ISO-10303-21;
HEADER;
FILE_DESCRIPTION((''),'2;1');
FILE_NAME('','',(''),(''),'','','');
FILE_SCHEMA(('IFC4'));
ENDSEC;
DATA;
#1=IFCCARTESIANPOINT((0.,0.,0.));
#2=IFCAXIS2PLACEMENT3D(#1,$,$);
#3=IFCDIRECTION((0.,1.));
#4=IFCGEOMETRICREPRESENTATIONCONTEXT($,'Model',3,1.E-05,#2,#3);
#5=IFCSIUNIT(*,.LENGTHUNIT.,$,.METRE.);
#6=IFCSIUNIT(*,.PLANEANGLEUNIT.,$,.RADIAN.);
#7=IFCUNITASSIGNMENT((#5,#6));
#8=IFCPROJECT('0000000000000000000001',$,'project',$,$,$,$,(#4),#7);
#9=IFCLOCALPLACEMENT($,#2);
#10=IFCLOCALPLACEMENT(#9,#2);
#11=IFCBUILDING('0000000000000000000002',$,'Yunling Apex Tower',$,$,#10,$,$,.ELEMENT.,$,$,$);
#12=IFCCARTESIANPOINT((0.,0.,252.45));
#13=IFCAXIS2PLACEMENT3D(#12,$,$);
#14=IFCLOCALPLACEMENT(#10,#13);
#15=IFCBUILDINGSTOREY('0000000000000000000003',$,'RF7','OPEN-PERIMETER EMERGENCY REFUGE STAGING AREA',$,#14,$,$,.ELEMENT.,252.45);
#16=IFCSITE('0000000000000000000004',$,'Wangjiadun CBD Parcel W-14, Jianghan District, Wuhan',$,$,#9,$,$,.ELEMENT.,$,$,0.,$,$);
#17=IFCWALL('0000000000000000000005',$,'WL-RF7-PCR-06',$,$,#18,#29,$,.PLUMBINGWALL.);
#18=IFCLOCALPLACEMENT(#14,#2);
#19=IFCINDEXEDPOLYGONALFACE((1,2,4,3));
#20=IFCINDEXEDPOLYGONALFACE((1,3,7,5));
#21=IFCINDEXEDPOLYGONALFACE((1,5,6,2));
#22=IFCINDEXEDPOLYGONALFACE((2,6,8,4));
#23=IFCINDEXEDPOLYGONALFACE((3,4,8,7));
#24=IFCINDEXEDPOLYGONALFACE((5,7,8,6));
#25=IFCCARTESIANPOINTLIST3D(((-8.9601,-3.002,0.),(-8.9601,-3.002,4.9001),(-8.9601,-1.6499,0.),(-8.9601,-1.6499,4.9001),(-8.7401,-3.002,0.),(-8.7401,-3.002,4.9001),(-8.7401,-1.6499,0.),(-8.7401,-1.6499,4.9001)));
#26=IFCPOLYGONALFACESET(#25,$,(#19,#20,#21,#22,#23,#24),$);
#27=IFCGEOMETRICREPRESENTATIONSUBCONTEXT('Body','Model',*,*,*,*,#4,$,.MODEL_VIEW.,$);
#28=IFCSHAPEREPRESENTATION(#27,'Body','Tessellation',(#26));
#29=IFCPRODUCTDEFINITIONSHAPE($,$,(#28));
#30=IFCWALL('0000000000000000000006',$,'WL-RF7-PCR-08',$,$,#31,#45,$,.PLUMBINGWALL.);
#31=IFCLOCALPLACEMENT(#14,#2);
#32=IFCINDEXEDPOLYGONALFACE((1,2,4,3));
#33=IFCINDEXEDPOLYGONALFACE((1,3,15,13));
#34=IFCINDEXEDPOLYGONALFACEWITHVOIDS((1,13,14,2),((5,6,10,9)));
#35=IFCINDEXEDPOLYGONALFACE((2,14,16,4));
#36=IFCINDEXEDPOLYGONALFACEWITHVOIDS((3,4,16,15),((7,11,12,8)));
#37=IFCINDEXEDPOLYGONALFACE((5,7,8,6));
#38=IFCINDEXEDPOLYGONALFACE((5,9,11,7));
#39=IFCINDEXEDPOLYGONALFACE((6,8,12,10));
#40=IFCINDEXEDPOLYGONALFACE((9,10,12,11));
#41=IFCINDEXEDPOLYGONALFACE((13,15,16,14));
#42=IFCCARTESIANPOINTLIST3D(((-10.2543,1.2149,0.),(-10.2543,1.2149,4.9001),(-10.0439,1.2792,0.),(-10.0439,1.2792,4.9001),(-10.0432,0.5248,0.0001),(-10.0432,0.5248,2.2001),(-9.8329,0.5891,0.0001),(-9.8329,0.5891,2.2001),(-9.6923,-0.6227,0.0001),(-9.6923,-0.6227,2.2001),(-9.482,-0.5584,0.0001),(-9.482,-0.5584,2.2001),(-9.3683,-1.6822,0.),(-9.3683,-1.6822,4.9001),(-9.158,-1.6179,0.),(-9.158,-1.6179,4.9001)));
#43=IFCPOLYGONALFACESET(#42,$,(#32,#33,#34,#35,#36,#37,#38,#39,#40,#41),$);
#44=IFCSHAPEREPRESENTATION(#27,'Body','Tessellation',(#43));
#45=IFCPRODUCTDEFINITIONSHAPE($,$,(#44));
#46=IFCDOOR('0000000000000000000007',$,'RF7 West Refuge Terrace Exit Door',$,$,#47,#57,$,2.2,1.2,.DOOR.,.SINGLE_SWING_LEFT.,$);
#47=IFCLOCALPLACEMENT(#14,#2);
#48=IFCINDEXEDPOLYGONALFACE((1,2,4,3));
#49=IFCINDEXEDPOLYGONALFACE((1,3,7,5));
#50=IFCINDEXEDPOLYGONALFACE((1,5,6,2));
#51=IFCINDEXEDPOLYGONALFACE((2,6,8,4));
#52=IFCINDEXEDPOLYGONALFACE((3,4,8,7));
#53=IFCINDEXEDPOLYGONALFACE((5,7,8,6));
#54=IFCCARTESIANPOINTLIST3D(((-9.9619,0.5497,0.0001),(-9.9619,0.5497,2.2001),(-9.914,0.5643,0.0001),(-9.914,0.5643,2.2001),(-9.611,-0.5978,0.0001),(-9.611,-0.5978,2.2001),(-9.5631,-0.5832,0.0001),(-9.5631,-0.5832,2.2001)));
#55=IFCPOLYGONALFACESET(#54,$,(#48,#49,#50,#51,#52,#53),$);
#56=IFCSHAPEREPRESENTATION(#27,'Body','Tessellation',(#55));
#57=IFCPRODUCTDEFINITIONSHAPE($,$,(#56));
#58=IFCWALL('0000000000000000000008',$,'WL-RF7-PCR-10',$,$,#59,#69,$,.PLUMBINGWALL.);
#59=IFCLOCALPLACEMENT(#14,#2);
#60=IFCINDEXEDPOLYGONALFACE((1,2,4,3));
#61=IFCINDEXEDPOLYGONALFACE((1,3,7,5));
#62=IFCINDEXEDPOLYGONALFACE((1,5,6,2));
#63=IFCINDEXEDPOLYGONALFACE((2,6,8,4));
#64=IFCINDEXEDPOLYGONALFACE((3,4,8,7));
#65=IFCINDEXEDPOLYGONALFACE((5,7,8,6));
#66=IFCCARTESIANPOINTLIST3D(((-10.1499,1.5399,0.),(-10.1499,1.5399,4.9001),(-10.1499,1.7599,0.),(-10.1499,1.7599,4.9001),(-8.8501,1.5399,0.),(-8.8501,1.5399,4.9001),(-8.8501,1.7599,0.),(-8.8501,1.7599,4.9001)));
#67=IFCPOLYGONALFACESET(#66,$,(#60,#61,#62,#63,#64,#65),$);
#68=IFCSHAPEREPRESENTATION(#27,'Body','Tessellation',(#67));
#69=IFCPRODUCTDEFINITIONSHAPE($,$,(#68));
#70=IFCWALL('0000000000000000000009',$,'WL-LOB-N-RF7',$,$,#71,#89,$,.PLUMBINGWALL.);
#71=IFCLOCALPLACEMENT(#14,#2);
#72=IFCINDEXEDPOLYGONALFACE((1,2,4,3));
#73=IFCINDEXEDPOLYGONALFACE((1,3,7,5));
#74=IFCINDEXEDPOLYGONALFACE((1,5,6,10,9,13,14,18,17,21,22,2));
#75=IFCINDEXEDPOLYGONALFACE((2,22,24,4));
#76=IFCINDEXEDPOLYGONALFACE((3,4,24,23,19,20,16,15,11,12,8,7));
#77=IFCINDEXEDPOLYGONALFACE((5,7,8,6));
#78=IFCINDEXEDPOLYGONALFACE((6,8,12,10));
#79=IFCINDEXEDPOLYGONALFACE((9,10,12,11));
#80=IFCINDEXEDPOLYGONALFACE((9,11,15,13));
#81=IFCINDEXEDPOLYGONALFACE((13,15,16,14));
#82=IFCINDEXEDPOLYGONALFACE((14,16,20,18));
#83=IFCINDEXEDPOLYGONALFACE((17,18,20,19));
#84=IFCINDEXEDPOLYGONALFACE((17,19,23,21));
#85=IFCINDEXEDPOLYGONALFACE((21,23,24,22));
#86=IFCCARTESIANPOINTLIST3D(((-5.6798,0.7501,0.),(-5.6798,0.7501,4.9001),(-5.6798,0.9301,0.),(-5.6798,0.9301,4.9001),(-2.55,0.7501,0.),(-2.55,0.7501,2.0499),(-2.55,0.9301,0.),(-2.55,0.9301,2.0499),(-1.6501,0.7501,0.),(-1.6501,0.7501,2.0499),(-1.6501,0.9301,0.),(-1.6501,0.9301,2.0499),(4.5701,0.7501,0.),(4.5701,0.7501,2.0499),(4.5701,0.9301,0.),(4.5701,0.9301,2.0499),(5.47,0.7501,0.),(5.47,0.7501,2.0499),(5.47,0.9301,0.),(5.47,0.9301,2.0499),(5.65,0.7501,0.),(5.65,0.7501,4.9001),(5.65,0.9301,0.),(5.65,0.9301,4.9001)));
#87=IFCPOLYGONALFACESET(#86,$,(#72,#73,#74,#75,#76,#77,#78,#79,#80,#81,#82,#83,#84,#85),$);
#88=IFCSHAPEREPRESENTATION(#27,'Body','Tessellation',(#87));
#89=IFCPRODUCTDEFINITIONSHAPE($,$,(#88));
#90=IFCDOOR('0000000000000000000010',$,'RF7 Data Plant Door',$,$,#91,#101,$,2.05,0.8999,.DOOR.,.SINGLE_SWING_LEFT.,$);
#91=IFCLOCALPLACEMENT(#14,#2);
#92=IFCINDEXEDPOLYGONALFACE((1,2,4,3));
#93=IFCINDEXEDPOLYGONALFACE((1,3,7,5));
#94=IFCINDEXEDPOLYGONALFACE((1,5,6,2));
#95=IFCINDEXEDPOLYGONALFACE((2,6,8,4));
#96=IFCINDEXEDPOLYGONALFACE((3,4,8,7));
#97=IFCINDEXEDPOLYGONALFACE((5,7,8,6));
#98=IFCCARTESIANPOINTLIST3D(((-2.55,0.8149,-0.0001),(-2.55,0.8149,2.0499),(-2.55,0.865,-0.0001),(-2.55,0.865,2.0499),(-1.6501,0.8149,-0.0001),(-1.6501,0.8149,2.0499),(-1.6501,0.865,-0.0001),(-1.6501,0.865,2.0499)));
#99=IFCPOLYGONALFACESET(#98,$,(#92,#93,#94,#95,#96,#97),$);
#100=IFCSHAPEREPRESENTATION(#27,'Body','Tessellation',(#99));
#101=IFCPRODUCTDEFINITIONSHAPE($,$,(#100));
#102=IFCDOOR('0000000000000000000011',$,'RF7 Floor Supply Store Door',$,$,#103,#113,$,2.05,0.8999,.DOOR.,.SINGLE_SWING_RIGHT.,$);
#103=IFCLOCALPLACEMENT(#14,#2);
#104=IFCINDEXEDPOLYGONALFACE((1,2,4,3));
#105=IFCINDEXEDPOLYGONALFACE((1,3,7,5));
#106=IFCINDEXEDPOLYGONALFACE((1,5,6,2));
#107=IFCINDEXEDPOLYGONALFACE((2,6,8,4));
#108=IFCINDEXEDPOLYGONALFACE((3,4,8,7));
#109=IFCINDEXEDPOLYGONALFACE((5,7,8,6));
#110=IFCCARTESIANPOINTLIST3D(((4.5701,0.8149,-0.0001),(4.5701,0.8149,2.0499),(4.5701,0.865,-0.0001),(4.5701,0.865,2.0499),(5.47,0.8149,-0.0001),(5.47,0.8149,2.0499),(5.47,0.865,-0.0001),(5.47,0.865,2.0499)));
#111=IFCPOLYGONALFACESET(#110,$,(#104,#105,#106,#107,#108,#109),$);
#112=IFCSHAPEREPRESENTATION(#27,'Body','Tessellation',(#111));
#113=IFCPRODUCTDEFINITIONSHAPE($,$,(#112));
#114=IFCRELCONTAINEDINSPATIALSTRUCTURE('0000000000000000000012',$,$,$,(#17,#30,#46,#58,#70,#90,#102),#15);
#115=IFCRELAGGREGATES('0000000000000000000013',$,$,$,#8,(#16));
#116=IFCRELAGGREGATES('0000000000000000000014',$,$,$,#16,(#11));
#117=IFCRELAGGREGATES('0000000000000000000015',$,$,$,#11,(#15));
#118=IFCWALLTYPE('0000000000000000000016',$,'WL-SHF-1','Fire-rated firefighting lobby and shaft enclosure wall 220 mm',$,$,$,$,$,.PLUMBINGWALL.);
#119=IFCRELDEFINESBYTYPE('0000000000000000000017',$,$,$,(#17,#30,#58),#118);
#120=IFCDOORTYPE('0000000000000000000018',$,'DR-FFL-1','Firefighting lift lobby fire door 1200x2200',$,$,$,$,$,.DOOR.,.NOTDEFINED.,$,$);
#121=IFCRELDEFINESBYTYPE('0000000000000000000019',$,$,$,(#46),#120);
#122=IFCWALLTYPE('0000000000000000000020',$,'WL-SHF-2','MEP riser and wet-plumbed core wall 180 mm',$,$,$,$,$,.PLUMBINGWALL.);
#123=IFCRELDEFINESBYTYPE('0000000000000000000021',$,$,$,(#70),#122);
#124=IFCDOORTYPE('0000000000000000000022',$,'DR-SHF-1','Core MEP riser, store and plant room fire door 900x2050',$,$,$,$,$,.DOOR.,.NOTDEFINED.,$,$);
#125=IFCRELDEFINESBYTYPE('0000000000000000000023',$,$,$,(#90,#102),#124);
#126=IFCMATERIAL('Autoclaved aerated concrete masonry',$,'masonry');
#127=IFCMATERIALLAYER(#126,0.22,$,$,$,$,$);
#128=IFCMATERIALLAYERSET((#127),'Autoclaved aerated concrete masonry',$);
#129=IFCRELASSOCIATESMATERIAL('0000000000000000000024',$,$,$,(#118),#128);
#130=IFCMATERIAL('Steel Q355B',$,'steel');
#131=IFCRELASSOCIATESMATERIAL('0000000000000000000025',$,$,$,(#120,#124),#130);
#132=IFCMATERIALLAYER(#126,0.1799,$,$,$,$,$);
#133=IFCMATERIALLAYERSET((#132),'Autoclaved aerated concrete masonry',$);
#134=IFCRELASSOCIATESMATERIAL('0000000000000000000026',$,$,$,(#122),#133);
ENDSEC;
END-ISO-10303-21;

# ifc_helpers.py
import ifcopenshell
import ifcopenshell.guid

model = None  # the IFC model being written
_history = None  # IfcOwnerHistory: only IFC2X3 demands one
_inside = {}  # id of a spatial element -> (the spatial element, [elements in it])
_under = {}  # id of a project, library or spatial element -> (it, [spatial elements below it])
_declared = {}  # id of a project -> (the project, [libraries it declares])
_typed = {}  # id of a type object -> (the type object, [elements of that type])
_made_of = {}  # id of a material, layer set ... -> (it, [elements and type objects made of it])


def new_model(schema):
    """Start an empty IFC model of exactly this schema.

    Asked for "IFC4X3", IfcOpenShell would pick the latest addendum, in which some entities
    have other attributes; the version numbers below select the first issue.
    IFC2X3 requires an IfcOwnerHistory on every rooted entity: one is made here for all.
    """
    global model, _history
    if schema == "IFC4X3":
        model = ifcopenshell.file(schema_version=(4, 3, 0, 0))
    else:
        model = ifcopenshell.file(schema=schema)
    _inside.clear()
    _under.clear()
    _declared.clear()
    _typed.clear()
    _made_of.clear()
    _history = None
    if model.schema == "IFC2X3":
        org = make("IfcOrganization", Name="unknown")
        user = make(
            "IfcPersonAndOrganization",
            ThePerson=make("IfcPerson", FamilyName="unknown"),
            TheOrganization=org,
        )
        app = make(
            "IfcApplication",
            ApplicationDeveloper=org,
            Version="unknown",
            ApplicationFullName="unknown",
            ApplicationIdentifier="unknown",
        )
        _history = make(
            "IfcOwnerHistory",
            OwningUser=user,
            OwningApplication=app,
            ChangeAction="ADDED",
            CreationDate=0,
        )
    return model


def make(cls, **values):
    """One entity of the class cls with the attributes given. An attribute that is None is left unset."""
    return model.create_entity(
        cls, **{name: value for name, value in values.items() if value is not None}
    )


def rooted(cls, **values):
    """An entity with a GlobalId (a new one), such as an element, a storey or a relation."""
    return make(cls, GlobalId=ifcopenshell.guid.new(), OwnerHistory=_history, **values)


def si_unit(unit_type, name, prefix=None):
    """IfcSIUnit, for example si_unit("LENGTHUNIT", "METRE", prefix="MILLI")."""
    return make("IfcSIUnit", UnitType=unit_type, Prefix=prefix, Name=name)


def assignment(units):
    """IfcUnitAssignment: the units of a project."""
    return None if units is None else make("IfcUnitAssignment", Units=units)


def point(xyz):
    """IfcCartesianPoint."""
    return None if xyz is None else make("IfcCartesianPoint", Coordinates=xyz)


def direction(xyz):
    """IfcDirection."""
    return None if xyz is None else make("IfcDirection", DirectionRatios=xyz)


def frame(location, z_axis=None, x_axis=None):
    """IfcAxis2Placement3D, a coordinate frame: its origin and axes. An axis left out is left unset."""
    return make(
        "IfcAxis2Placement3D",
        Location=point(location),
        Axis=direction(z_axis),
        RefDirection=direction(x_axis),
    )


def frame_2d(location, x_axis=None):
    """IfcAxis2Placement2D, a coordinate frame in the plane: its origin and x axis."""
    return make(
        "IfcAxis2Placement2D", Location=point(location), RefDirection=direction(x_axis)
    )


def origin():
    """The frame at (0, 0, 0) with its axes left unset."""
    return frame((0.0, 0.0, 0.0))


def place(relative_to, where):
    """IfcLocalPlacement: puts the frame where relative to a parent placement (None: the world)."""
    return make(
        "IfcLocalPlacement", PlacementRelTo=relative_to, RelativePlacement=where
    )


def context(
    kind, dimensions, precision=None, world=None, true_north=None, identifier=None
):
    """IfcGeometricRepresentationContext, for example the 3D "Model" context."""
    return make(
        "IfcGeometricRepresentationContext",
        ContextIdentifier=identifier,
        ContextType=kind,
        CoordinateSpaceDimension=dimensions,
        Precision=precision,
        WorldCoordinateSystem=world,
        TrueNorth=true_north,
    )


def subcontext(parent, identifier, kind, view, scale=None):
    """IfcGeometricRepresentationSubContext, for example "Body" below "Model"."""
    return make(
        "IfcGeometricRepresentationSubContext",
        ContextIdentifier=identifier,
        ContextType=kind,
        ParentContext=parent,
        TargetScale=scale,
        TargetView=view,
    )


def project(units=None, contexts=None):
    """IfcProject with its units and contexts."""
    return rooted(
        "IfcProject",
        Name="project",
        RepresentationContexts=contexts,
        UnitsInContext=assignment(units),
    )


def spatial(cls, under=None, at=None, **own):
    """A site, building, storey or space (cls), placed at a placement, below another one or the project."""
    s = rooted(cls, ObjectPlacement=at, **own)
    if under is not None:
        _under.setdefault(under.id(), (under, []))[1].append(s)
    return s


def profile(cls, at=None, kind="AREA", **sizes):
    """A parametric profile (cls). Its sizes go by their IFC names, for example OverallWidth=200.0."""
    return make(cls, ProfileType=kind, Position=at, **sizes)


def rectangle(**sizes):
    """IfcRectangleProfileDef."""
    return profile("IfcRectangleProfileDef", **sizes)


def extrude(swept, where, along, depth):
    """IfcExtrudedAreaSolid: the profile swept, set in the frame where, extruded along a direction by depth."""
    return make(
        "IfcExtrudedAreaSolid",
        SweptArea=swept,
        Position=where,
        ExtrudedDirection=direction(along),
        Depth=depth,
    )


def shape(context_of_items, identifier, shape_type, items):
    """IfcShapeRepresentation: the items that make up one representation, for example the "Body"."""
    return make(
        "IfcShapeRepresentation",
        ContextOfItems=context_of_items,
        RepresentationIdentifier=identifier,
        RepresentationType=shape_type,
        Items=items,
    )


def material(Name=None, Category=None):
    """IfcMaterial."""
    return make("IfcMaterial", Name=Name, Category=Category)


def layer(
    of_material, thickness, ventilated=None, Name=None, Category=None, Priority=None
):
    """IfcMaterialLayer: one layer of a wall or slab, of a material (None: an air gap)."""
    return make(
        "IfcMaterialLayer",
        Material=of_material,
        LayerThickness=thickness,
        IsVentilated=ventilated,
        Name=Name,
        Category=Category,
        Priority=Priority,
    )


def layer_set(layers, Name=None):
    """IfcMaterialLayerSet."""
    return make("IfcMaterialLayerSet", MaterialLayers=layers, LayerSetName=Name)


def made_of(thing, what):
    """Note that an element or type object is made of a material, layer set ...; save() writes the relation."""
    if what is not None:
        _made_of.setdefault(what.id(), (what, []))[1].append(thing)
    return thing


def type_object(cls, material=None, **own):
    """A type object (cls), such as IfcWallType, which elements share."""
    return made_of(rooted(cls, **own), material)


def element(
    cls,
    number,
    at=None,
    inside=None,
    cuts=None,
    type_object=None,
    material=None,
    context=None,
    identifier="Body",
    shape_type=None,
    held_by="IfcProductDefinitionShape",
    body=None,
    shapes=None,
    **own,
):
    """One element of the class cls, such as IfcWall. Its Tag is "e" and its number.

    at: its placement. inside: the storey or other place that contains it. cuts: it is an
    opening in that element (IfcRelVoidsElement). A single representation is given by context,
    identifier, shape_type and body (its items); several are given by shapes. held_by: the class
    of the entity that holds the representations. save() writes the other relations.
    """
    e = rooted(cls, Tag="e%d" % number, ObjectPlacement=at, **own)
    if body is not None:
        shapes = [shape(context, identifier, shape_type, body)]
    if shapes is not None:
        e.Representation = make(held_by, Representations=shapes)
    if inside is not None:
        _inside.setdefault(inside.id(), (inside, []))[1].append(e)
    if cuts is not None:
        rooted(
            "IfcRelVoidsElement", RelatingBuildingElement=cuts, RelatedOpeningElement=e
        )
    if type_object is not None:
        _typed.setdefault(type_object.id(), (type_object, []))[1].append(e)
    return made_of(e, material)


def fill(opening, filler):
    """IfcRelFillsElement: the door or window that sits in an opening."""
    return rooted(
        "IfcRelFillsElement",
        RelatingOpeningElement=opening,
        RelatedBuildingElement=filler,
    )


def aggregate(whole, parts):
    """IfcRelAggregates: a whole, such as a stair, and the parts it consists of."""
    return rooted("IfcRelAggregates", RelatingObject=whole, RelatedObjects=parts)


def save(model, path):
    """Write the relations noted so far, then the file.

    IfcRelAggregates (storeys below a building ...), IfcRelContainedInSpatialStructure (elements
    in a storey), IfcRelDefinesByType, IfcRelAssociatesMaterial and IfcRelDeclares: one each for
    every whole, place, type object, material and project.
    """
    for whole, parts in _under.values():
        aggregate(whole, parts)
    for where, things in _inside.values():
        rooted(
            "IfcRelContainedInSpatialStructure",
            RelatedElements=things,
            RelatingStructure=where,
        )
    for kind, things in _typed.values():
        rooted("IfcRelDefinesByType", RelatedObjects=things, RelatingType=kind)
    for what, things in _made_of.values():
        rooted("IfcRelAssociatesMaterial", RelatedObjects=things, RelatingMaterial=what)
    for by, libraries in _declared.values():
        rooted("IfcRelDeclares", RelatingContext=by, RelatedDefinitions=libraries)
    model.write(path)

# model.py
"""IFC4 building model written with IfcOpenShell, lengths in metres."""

from ifc_helpers import new_model, si_unit, direction, frame, frame_2d, origin, place, context, subcontext, project, spatial, rectangle, extrude, material, layer, layer_set, type_object, element, fill, save


model = new_model("IFC4")

# Units and contexts
model_context = context("Model", 3, precision=1e-05, world=origin(), true_north=direction((0.0, 1.0)))
body_context = subcontext(model_context, "Body", "Model", "MODEL_VIEW")
ifc_project = project(units=[si_unit("LENGTHUNIT", "METRE"), si_unit("PLANEANGLEUNIT", "RADIAN")], contexts=[model_context])

# Site, building, storey
site_placement = place(None, origin())
site = spatial("IfcSite", under=ifc_project, at=site_placement, Name="Wangjiadun CBD Parcel W-14, Jianghan District, Wuhan", CompositionType="ELEMENT", RefElevation=0.0)
building_placement = place(site_placement, origin())
building = spatial("IfcBuilding", under=site, at=building_placement, Name="Yunling Apex Tower", CompositionType="ELEMENT")
storey_placement = place(building_placement, frame((0.0, 0.0, 252.45)))
storey = spatial("IfcBuildingStorey", under=building, at=storey_placement, Name="RF7", Description="OPEN-PERIMETER EMERGENCY REFUGE STAGING AREA", CompositionType="ELEMENT", Elevation=252.45)

# Shared definitions
ifc_material_1 = material(Name="Steel Q355B", Category="steel")

# Shared definitions
ifc_material_2 = material(Name="Autoclaved aerated concrete masonry", Category="masonry")
ifc_layer_1 = layer(ifc_material_2, 0.22)
ifc_layer_set_1 = layer_set([ifc_layer_1], Name="Autoclaved aerated concrete masonry")
wall_type_1 = type_object("IfcWallType", Name="WL-SHF-1", Description="Fire-rated firefighting lobby and shaft enclosure wall 220 mm", PredefinedType="PLUMBINGWALL", material=ifc_layer_set_1)
door_type_1 = type_object("IfcDoorType", Name="DR-FFL-1", Description="Firefighting lift lobby fire door 1200x2200", OperationType="NOTDEFINED", PredefinedType="DOOR", material=ifc_material_1)

# Wall
wall_1_placement = place(storey_placement, frame((-8.8501, -3.002, 0.0), z_axis=(0.0, 0.0, 1.0), x_axis=(0.0, 1.0, 0.0)))
element("IfcWall", 1, at=wall_1_placement, inside=storey, type_object=wall_type_1, Name="WL-RF7-PCR-06", PredefinedType="PLUMBINGWALL", context=body_context, shape_type="SweptSolid", body=[
    extrude(rectangle(XDim=1.3521, YDim=0.22, at=frame_2d((0.676, 0.0))), origin(), (0.0, 0.0, 1.0), 4.9001),
])

# Wall, opening, door
wall_2_placement = place(storey_placement, frame((-9.2632, -1.6499, 0.0), z_axis=(0.0, 0.0, 1.0), x_axis=(-0.292438, 0.956285, 0.0)))
wall_2 = element("IfcWall", 2, at=wall_2_placement, inside=storey, type_object=wall_type_1, Name="WL-RF7-PCR-08", PredefinedType="PLUMBINGWALL", context=body_context, shape_type="SweptSolid", body=[
    extrude(rectangle(XDim=3.0295, YDim=0.22, at=frame_2d((1.5146, 0.0))), origin(), (0.0, 0.0, 1.0), 4.9001),
])
opening_1_placement = place(wall_2_placement, frame((1.1077, 0.0, 0.0)))
opening_1 = element("IfcOpeningElement", 3, at=opening_1_placement, cuts=wall_2, PredefinedType="OPENING", context=body_context, shape_type="SweptSolid", body=[
    extrude(rectangle(XDim=1.2, YDim=2.2, at=frame_2d((0.6001, 1.1001))), frame((0.0, 0.1201, 0.0), z_axis=(0.0, -1.0, 0.0), x_axis=(1.0, 0.0, 0.0)), (0.0, 0.0, 1.0), 0.24),
])
door_1_placement = place(opening_1_placement, origin())
door_1 = element("IfcDoor", 4, at=door_1_placement, inside=storey, type_object=door_type_1, Name="RF7 West Refuge Terrace Exit Door", OperationType="SINGLE_SWING_LEFT", OverallHeight=2.2, OverallWidth=1.2, PredefinedType="DOOR", context=body_context, shape_type="SweptSolid", body=[
    extrude(rectangle(XDim=1.2, YDim=2.2, at=frame_2d((0.6001, 1.1001))), frame((0.0, 0.0249, 0.0), z_axis=(0.0, -1.0, 0.0), x_axis=(1.0, 0.0, 0.0)), (0.0, 0.0, 1.0), 0.05),
])
fill(opening_1, door_1)

# Wall
wall_3_placement = place(storey_placement, frame((-10.1499, 1.6499, 0.0), z_axis=(0.0, 0.0, 1.0), x_axis=(1.0, 0.0, 0.0)))
element("IfcWall", 5, at=wall_3_placement, inside=storey, type_object=wall_type_1, Name="WL-RF7-PCR-10", PredefinedType="PLUMBINGWALL", context=body_context, shape_type="SweptSolid", body=[
    extrude(rectangle(XDim=1.2998, YDim=0.22, at=frame_2d((0.6499, 0.0))), origin(), (0.0, 0.0, 1.0), 4.9001),
])

# Wall, openings, doors
ifc_layer_2 = layer(ifc_material_2, 0.1799)
ifc_layer_set_2 = layer_set([ifc_layer_2], Name="Autoclaved aerated concrete masonry")
wall_type_2 = type_object("IfcWallType", Name="WL-SHF-2", Description="MEP riser and wet-plumbed core wall 180 mm", PredefinedType="PLUMBINGWALL", material=ifc_layer_set_2)
wall_4_placement = place(storey_placement, frame((-5.6799, 0.8401, 0.0), z_axis=(0.0, 0.0, 1.0), x_axis=(1.0, 0.0, 0.0)))
wall_4 = element("IfcWall", 6, at=wall_4_placement, inside=storey, type_object=wall_type_2, Name="WL-LOB-N-RF7", PredefinedType="PLUMBINGWALL", context=body_context, shape_type="SweptSolid", body=[
    extrude(rectangle(XDim=11.3298, YDim=0.1799, at=frame_2d((5.665, 0.0))), origin(), (0.0, 0.0, 1.0), 4.9001),
])
opening_2_placement = place(wall_4_placement, frame((3.1299, 0.0, 0.0)))
opening_2 = element("IfcOpeningElement", 7, at=opening_2_placement, cuts=wall_4, PredefinedType="OPENING", context=body_context, shape_type="SweptSolid", body=[
    extrude(rectangle(XDim=0.8999, YDim=2.05, at=frame_2d((0.45, 1.0249))), frame((0.0, 0.1001, 0.0), z_axis=(0.0, -1.0, 0.0), x_axis=(1.0, 0.0, 0.0)), (0.0, 0.0, 1.0), 0.2),
])
opening_3_placement = place(wall_4_placement, frame((10.25, 0.0, 0.0)))
opening_3 = element("IfcOpeningElement", 8, at=opening_3_placement, cuts=wall_4, PredefinedType="OPENING", context=body_context, shape_type="SweptSolid", body=[
    extrude(rectangle(XDim=0.8999, YDim=2.05, at=frame_2d((0.45, 1.0249))), frame((0.0, 0.1001, 0.0), z_axis=(0.0, -1.0, 0.0), x_axis=(1.0, 0.0, 0.0)), (0.0, 0.0, 1.0), 0.2),
])
door_type_2 = type_object("IfcDoorType", Name="DR-SHF-1", Description="Core MEP riser, store and plant room fire door 900x2050", OperationType="NOTDEFINED", PredefinedType="DOOR", material=ifc_material_1)
door_2_placement = place(opening_2_placement, origin())
door_2 = element("IfcDoor", 9, at=door_2_placement, inside=storey, type_object=door_type_2, Name="RF7 Data Plant Door", OperationType="SINGLE_SWING_LEFT", OverallHeight=2.05, OverallWidth=0.8999, PredefinedType="DOOR", context=body_context, shape_type="SweptSolid", body=[
    extrude(rectangle(XDim=0.8999, YDim=2.05, at=frame_2d((0.45, 1.0249))), frame((0.0, 0.0249, 0.0), z_axis=(0.0, -1.0, 0.0), x_axis=(1.0, 0.0, 0.0)), (0.0, 0.0, 1.0), 0.05),
])
fill(opening_2, door_2)
door_3_placement = place(opening_3_placement, origin())
door_3 = element("IfcDoor", 10, at=door_3_placement, inside=storey, type_object=door_type_2, Name="RF7 Floor Supply Store Door", OperationType="SINGLE_SWING_RIGHT", OverallHeight=2.05, OverallWidth=0.8999, PredefinedType="DOOR", context=body_context, shape_type="SweptSolid", body=[
    extrude(rectangle(XDim=0.8999, YDim=2.05, at=frame_2d((0.45, 1.0249))), frame((0.0, 0.0249, 0.0), z_axis=(0.0, -1.0, 0.0), x_axis=(1.0, 0.0, 0.0)), (0.0, 0.0, 1.0), 0.05),
])
fill(opening_3, door_3)

save(model, "model.ifc")
